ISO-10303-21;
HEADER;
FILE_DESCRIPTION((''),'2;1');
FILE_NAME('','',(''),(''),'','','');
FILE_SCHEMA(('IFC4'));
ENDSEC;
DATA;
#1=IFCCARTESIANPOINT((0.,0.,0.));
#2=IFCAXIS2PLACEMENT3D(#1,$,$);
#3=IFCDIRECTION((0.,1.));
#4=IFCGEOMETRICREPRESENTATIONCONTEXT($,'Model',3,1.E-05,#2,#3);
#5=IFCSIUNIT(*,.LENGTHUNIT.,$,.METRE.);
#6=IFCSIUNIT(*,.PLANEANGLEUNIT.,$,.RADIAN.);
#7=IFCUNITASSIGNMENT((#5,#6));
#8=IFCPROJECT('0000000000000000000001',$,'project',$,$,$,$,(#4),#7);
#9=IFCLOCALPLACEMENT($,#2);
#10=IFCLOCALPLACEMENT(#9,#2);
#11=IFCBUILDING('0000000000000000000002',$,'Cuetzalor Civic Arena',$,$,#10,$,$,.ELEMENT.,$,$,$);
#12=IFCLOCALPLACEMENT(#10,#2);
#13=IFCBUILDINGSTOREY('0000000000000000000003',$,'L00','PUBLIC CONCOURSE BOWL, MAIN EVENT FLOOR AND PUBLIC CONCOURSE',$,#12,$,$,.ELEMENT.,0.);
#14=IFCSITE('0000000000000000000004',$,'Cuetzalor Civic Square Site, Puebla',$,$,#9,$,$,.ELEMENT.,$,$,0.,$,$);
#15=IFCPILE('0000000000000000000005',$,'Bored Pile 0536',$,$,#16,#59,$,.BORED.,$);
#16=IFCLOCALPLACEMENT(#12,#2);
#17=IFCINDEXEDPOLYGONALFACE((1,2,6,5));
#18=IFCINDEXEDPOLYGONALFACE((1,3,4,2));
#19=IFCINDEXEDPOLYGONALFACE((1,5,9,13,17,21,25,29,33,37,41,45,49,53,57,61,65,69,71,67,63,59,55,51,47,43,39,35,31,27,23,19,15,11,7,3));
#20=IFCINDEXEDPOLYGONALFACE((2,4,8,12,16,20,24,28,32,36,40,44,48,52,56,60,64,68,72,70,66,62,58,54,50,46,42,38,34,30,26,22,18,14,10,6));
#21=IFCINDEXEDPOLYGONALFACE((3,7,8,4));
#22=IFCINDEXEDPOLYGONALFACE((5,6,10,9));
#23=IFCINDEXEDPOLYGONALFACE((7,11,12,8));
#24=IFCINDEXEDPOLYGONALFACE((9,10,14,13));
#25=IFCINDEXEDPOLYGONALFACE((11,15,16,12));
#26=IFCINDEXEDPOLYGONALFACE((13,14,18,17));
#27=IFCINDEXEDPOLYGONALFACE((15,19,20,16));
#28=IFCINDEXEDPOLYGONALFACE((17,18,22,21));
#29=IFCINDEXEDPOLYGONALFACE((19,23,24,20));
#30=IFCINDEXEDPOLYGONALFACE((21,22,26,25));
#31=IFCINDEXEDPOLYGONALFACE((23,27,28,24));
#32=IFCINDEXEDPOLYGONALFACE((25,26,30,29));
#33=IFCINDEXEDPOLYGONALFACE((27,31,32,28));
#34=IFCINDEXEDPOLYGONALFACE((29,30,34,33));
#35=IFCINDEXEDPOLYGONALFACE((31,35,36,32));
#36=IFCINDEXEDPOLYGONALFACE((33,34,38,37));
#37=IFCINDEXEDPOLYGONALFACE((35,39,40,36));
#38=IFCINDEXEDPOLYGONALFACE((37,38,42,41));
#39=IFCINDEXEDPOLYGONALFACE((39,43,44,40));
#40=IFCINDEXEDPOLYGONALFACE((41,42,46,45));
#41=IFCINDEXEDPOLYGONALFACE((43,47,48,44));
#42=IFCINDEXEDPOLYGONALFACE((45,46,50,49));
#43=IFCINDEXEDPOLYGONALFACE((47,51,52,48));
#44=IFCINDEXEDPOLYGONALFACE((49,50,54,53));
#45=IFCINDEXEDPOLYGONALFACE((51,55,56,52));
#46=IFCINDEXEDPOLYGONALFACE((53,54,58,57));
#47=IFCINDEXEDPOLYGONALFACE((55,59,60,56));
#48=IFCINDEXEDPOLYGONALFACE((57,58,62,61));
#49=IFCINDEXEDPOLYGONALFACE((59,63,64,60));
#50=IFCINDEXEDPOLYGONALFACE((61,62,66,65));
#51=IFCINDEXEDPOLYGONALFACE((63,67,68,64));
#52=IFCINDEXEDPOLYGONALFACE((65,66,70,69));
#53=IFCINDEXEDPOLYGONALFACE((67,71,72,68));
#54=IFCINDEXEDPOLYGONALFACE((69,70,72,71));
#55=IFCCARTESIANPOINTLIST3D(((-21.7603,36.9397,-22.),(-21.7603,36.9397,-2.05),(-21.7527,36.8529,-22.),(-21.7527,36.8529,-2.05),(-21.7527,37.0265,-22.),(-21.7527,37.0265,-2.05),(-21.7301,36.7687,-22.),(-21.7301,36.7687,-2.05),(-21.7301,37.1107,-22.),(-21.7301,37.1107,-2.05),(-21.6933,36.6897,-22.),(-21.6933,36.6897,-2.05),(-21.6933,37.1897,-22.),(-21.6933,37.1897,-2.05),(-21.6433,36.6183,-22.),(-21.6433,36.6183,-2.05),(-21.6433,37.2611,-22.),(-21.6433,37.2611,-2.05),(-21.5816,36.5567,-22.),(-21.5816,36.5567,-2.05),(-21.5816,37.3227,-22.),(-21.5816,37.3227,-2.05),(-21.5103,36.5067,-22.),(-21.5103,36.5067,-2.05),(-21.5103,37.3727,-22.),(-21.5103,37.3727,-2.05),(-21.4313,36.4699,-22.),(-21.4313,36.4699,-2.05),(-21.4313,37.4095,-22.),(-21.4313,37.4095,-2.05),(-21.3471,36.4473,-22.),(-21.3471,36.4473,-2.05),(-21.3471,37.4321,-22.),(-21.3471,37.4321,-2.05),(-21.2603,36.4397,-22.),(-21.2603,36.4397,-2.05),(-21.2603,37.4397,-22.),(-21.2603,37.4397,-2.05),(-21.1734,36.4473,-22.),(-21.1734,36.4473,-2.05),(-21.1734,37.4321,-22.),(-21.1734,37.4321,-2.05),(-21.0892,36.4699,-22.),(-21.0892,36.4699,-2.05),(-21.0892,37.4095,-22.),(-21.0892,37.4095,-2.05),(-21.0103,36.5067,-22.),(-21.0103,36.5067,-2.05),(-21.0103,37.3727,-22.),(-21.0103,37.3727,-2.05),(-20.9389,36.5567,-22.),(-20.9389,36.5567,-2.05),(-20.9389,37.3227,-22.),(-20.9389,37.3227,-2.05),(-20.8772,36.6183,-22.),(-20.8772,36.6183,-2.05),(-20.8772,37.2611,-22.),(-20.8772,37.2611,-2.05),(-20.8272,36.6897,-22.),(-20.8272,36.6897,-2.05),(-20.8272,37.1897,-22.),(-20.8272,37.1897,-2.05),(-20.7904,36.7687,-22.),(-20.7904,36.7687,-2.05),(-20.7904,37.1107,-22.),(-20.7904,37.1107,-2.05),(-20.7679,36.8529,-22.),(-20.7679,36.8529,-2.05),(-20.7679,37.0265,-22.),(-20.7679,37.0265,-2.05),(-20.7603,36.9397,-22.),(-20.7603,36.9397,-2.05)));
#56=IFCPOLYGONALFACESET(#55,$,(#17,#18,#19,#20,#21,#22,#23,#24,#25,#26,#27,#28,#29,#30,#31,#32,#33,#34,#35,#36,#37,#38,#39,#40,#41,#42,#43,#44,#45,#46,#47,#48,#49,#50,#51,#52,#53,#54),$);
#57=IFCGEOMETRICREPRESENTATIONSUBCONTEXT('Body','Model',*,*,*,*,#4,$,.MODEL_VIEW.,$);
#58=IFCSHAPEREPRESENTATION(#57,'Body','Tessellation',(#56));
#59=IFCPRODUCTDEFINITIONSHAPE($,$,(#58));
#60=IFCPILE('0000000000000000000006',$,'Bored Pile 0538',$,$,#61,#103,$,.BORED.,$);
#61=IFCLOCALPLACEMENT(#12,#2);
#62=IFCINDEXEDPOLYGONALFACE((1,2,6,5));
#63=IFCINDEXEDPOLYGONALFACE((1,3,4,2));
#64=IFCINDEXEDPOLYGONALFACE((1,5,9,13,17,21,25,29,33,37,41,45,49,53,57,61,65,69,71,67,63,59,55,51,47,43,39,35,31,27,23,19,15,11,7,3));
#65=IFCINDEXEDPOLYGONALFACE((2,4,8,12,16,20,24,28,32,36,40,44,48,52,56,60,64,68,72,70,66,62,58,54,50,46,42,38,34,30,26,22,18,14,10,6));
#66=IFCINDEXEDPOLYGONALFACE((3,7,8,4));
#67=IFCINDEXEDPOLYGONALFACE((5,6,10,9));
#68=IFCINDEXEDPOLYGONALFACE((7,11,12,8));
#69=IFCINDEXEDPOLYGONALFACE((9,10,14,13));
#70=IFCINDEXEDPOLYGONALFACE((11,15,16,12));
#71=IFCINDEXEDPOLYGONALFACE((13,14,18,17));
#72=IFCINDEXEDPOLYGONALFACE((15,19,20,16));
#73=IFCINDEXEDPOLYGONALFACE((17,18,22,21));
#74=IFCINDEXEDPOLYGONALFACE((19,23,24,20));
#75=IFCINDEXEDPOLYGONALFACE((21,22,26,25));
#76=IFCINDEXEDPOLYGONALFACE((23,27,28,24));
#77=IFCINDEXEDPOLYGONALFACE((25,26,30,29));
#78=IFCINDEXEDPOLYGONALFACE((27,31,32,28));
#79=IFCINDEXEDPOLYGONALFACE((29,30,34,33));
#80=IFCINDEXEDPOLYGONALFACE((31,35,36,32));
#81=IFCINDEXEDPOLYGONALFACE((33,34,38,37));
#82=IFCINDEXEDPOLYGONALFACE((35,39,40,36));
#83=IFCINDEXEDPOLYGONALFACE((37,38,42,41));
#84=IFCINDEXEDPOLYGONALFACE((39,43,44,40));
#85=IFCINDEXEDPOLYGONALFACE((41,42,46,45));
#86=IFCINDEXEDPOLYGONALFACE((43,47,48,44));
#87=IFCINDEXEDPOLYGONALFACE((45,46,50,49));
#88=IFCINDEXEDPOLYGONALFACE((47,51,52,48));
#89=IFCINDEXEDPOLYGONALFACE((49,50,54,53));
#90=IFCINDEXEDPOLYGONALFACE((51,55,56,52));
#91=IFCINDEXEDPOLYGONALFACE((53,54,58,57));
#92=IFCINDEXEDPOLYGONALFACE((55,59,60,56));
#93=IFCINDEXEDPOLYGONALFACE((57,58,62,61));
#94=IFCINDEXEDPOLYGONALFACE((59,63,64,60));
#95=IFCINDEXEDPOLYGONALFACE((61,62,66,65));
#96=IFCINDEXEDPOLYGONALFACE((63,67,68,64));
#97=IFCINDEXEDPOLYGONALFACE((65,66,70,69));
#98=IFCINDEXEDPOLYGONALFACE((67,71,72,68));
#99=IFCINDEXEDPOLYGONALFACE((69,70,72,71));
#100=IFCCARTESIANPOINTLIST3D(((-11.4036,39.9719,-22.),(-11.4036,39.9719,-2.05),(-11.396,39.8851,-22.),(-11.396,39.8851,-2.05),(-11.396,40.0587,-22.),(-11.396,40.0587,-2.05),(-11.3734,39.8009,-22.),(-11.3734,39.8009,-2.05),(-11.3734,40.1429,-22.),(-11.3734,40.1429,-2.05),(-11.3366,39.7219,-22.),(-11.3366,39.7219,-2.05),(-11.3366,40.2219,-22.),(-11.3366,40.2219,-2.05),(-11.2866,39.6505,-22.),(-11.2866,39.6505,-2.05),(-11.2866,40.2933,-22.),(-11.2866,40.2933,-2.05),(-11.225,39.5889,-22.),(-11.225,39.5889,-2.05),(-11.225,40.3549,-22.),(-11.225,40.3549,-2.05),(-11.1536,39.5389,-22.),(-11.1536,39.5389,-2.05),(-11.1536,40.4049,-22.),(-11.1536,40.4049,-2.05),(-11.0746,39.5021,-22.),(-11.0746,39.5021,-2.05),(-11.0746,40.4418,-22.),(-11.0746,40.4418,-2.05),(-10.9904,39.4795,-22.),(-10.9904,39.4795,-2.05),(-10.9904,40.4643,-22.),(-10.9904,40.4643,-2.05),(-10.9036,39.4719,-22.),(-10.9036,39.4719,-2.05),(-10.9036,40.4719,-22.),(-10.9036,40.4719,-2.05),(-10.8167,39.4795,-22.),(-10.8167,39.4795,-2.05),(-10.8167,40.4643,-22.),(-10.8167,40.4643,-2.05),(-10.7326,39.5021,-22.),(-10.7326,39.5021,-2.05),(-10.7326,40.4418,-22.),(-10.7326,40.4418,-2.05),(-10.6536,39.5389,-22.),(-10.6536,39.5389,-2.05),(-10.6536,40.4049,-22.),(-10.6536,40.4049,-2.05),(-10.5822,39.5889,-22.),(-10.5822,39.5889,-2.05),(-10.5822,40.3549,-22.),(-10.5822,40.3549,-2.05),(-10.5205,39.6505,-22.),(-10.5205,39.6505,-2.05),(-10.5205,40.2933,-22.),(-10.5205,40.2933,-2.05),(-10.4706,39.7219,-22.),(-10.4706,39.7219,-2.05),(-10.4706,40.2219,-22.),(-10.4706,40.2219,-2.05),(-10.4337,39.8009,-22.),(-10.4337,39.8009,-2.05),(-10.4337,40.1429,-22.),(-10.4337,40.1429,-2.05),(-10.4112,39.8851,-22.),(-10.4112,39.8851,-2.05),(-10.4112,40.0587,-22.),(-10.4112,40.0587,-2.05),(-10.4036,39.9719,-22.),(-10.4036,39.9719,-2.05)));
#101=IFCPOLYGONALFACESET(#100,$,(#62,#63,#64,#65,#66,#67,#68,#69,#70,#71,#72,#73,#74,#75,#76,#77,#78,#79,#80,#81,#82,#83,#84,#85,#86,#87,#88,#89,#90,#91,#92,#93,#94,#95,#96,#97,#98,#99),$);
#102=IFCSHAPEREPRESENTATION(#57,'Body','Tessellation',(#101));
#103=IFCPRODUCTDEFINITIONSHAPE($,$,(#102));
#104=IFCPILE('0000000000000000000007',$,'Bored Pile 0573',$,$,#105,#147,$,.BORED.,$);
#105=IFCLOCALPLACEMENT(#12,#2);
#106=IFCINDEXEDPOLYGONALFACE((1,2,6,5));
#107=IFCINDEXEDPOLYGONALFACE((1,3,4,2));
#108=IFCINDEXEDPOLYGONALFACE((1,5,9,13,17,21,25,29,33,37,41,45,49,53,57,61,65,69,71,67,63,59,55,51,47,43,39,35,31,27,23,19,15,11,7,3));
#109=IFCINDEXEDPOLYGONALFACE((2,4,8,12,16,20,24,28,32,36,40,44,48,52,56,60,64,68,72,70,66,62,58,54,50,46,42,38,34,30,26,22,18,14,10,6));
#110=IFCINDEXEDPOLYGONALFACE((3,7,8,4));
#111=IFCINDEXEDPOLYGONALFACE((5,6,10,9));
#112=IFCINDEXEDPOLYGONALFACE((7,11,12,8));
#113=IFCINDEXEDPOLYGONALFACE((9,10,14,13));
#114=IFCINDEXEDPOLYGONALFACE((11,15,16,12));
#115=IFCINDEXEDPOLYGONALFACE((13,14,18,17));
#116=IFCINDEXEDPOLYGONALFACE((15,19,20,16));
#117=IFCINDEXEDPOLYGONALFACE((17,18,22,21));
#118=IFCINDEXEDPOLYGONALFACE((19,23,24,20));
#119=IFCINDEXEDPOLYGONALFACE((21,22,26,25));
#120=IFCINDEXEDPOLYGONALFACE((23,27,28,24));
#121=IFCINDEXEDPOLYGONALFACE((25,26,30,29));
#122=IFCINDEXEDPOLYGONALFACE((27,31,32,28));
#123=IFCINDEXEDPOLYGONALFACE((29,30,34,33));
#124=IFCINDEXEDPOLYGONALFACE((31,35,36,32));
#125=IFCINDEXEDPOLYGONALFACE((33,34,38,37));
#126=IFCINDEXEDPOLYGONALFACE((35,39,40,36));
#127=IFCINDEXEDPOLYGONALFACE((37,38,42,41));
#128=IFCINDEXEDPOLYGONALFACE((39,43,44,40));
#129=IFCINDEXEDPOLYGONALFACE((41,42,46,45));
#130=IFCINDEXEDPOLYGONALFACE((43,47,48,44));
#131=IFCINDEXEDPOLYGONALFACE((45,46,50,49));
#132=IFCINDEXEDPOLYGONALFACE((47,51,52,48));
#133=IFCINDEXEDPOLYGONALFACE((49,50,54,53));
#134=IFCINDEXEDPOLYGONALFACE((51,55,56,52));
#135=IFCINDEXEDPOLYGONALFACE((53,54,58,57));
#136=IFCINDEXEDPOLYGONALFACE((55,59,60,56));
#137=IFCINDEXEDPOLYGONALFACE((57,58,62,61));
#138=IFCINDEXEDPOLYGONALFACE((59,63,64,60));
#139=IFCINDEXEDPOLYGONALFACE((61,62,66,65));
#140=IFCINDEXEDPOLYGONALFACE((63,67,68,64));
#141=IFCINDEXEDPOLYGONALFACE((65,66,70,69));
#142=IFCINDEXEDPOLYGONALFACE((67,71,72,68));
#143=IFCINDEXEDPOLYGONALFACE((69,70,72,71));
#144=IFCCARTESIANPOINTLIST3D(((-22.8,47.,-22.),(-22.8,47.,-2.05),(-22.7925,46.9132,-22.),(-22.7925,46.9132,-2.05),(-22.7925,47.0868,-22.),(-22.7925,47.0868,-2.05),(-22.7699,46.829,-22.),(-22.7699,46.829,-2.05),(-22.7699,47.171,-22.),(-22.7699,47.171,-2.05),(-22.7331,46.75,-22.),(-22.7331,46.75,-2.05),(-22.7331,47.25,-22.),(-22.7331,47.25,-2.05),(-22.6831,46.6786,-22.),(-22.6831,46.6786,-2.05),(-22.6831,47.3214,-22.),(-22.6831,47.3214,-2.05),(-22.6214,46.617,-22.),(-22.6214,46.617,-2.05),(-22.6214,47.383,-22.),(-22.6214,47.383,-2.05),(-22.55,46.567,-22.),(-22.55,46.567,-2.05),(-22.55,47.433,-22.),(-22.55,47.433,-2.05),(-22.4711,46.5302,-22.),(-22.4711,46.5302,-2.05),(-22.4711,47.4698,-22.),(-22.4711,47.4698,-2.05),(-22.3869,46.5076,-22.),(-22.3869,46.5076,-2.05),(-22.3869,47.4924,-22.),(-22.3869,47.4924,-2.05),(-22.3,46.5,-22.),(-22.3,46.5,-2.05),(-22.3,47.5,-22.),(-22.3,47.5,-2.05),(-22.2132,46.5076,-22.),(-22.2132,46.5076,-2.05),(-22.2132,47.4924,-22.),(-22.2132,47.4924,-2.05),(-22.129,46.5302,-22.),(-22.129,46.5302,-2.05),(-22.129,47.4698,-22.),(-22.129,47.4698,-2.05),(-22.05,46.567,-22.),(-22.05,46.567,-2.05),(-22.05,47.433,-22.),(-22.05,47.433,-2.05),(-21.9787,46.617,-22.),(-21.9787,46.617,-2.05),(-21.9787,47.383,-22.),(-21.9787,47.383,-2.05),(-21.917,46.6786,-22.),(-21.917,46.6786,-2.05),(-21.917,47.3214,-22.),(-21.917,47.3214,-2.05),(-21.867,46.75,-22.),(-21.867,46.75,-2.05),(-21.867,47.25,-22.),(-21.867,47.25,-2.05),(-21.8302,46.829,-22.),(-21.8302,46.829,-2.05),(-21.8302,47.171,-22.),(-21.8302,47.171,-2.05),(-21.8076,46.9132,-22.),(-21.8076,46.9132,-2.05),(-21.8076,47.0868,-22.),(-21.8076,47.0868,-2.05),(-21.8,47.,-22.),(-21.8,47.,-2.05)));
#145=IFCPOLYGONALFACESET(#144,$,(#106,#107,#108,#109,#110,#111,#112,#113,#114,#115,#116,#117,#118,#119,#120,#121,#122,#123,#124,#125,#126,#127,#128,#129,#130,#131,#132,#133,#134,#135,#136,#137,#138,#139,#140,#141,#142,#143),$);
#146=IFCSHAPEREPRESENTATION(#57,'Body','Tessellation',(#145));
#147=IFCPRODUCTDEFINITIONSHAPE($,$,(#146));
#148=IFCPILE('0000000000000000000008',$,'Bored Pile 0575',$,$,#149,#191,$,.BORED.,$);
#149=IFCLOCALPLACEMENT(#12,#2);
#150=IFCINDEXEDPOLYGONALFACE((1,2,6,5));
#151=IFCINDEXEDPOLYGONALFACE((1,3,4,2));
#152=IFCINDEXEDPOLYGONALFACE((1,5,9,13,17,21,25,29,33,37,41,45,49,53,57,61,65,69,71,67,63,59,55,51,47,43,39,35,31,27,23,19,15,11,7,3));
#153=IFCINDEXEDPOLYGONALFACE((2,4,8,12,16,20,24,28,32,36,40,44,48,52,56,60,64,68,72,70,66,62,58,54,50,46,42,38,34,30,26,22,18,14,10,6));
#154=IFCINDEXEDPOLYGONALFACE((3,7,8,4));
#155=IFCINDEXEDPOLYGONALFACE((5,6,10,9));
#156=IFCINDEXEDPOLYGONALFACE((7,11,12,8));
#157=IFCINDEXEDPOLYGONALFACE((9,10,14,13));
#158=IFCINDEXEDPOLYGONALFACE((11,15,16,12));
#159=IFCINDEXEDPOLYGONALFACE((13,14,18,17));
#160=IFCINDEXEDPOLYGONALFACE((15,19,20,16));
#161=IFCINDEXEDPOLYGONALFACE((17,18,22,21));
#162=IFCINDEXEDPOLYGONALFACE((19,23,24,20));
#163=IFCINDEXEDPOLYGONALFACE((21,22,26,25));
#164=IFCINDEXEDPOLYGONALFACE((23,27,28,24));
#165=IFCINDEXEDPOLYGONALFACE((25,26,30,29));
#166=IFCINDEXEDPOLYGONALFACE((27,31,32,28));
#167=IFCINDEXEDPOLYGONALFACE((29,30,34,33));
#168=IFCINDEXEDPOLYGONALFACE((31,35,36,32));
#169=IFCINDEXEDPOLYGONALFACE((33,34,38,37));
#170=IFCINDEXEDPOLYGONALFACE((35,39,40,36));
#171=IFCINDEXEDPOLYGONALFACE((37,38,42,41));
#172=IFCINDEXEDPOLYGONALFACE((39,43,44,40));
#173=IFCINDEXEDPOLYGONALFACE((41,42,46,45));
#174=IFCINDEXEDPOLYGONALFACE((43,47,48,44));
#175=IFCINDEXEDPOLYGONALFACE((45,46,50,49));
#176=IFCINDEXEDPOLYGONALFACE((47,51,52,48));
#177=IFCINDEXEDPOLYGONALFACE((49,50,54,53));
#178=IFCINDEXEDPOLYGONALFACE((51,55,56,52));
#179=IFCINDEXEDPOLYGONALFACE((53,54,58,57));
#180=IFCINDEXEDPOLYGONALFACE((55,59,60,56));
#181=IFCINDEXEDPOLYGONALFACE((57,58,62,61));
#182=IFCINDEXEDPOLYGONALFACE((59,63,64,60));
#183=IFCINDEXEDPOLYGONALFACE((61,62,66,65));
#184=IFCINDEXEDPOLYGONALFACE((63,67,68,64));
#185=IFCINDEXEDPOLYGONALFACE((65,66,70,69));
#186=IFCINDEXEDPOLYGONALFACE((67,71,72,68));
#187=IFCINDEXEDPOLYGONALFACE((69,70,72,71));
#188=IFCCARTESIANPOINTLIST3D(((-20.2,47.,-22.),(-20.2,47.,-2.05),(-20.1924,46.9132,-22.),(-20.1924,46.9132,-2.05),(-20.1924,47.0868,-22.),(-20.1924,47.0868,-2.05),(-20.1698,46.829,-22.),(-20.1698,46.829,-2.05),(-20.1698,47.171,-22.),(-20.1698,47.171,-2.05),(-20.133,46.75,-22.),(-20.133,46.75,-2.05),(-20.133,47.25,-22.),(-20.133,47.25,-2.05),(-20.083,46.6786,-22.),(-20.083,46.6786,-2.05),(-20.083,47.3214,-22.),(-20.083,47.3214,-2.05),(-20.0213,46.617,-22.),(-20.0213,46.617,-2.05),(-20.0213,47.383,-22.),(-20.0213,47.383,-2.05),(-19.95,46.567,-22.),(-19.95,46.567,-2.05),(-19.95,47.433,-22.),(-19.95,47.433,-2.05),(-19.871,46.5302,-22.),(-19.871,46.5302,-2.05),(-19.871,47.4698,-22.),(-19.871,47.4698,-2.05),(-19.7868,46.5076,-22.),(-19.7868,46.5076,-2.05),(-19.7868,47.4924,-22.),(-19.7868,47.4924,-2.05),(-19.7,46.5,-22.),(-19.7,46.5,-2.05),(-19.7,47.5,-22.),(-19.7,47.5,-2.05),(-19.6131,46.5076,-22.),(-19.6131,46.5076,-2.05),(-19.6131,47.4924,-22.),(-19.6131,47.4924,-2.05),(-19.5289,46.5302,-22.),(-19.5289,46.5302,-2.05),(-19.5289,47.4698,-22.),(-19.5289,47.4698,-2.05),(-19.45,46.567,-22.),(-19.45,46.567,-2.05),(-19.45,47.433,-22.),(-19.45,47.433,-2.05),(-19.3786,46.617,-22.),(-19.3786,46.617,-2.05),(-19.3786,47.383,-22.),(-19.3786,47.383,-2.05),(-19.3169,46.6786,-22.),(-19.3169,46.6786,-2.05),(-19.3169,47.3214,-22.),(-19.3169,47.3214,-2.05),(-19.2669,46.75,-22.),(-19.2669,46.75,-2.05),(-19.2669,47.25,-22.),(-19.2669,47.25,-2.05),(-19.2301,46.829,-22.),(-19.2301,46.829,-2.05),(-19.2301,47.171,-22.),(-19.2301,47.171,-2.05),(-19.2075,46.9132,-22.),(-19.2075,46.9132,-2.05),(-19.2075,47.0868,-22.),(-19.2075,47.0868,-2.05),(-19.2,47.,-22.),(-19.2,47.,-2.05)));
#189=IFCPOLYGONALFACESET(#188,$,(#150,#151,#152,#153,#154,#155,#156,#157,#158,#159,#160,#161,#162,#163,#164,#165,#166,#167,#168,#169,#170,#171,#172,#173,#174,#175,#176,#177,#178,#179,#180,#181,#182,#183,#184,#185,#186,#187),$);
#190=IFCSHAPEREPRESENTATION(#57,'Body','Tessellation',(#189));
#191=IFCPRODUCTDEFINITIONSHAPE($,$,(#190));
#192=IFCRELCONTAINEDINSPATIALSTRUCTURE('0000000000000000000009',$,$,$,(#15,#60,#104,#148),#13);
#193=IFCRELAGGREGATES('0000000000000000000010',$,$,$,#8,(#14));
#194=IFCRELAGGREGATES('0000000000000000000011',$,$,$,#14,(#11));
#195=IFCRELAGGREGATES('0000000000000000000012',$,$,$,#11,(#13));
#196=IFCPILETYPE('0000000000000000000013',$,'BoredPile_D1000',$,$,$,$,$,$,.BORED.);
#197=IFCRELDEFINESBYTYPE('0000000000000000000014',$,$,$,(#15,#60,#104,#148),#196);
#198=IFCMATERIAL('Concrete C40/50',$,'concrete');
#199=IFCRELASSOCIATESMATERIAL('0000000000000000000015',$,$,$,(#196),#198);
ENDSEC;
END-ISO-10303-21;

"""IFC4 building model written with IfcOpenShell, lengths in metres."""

from ifc_helpers import new_model, si_unit, direction, frame, origin, origin_2d, place, context, subcontext, project, spatial, circle, extrude, material, material_profile, profile_set, type_object, element, save


model = new_model("IFC4")

# Units and contexts
model_context = context("Model", 3, precision=1e-05, world=origin(), true_north=direction((0.0, 1.0)))
body_context = subcontext(model_context, "Body", "Model", "MODEL_VIEW")
ifc_project = project(units=[si_unit("LENGTHUNIT", "METRE"), si_unit("PLANEANGLEUNIT", "RADIAN")], contexts=[model_context])

# Site, building, storey
site_placement = place(None, origin())
site = spatial("IfcSite", under=ifc_project, at=site_placement, Name="Cuetzalor Civic Square Site, Puebla", CompositionType="ELEMENT", RefElevation=0.0)
building_placement = place(site_placement, origin())
building = spatial("IfcBuilding", under=site, at=building_placement, Name="Cuetzalor Civic Arena", CompositionType="ELEMENT")
storey_placement = place(building_placement, origin())
storey = spatial("IfcBuildingStorey", under=building, at=storey_placement, Name="L00", Description="PUBLIC CONCOURSE BOWL, MAIN EVENT FLOOR AND PUBLIC CONCOURSE", CompositionType="ELEMENT", Elevation=0.0)

# Piles
ifc_material_1 = material(Name="Concrete C40/50", Category="concrete")
ifc_material_profile_1 = material_profile(ifc_material_1, circle(Radius=0.5, at=origin_2d()), Name="BORED PILE D1000")
ifc_profile_set_1 = profile_set([ifc_material_profile_1], Name="Concrete C40/50")
pile_type_1 = type_object("IfcPileType", Name="BoredPile_D1000", PredefinedType="BORED", material=ifc_profile_set_1)
for number, where, z_axis, x_axis, name in (
    (1, (-21.2603, 36.9397, -2.05), (0.0, 0.0, -1.0), (1.0, 0.0, 0.0), "Bored Pile 0536"),
    (2, (-10.9036, 39.9719, -2.05), (0.0, 0.0, -1.0), (1.0, 0.0, 0.0), "Bored Pile 0538"),
    (3, (-22.3, 47.0, -2.05), (0.0, 0.0, -1.0), (1.0, 0.0, 0.0), "Bored Pile 0573"),
    (4, (-19.7, 47.0, -2.05), (0.0, 0.0, -1.0), (1.0, 0.0, 0.0), "Bored Pile 0575"),
):
    element("IfcPile", number, at=place(storey_placement, frame(where, z_axis=z_axis, x_axis=x_axis)), inside=storey, type_object=pile_type_1, Name=name, PredefinedType="BORED", context=body_context, shape_type="SweptSolid", body=[
        extrude(circle(Radius=0.5, at=origin_2d()), origin(), (0.0, 0.0, 1.0), 19.95),
    ])

save(model, "model.ifc")
